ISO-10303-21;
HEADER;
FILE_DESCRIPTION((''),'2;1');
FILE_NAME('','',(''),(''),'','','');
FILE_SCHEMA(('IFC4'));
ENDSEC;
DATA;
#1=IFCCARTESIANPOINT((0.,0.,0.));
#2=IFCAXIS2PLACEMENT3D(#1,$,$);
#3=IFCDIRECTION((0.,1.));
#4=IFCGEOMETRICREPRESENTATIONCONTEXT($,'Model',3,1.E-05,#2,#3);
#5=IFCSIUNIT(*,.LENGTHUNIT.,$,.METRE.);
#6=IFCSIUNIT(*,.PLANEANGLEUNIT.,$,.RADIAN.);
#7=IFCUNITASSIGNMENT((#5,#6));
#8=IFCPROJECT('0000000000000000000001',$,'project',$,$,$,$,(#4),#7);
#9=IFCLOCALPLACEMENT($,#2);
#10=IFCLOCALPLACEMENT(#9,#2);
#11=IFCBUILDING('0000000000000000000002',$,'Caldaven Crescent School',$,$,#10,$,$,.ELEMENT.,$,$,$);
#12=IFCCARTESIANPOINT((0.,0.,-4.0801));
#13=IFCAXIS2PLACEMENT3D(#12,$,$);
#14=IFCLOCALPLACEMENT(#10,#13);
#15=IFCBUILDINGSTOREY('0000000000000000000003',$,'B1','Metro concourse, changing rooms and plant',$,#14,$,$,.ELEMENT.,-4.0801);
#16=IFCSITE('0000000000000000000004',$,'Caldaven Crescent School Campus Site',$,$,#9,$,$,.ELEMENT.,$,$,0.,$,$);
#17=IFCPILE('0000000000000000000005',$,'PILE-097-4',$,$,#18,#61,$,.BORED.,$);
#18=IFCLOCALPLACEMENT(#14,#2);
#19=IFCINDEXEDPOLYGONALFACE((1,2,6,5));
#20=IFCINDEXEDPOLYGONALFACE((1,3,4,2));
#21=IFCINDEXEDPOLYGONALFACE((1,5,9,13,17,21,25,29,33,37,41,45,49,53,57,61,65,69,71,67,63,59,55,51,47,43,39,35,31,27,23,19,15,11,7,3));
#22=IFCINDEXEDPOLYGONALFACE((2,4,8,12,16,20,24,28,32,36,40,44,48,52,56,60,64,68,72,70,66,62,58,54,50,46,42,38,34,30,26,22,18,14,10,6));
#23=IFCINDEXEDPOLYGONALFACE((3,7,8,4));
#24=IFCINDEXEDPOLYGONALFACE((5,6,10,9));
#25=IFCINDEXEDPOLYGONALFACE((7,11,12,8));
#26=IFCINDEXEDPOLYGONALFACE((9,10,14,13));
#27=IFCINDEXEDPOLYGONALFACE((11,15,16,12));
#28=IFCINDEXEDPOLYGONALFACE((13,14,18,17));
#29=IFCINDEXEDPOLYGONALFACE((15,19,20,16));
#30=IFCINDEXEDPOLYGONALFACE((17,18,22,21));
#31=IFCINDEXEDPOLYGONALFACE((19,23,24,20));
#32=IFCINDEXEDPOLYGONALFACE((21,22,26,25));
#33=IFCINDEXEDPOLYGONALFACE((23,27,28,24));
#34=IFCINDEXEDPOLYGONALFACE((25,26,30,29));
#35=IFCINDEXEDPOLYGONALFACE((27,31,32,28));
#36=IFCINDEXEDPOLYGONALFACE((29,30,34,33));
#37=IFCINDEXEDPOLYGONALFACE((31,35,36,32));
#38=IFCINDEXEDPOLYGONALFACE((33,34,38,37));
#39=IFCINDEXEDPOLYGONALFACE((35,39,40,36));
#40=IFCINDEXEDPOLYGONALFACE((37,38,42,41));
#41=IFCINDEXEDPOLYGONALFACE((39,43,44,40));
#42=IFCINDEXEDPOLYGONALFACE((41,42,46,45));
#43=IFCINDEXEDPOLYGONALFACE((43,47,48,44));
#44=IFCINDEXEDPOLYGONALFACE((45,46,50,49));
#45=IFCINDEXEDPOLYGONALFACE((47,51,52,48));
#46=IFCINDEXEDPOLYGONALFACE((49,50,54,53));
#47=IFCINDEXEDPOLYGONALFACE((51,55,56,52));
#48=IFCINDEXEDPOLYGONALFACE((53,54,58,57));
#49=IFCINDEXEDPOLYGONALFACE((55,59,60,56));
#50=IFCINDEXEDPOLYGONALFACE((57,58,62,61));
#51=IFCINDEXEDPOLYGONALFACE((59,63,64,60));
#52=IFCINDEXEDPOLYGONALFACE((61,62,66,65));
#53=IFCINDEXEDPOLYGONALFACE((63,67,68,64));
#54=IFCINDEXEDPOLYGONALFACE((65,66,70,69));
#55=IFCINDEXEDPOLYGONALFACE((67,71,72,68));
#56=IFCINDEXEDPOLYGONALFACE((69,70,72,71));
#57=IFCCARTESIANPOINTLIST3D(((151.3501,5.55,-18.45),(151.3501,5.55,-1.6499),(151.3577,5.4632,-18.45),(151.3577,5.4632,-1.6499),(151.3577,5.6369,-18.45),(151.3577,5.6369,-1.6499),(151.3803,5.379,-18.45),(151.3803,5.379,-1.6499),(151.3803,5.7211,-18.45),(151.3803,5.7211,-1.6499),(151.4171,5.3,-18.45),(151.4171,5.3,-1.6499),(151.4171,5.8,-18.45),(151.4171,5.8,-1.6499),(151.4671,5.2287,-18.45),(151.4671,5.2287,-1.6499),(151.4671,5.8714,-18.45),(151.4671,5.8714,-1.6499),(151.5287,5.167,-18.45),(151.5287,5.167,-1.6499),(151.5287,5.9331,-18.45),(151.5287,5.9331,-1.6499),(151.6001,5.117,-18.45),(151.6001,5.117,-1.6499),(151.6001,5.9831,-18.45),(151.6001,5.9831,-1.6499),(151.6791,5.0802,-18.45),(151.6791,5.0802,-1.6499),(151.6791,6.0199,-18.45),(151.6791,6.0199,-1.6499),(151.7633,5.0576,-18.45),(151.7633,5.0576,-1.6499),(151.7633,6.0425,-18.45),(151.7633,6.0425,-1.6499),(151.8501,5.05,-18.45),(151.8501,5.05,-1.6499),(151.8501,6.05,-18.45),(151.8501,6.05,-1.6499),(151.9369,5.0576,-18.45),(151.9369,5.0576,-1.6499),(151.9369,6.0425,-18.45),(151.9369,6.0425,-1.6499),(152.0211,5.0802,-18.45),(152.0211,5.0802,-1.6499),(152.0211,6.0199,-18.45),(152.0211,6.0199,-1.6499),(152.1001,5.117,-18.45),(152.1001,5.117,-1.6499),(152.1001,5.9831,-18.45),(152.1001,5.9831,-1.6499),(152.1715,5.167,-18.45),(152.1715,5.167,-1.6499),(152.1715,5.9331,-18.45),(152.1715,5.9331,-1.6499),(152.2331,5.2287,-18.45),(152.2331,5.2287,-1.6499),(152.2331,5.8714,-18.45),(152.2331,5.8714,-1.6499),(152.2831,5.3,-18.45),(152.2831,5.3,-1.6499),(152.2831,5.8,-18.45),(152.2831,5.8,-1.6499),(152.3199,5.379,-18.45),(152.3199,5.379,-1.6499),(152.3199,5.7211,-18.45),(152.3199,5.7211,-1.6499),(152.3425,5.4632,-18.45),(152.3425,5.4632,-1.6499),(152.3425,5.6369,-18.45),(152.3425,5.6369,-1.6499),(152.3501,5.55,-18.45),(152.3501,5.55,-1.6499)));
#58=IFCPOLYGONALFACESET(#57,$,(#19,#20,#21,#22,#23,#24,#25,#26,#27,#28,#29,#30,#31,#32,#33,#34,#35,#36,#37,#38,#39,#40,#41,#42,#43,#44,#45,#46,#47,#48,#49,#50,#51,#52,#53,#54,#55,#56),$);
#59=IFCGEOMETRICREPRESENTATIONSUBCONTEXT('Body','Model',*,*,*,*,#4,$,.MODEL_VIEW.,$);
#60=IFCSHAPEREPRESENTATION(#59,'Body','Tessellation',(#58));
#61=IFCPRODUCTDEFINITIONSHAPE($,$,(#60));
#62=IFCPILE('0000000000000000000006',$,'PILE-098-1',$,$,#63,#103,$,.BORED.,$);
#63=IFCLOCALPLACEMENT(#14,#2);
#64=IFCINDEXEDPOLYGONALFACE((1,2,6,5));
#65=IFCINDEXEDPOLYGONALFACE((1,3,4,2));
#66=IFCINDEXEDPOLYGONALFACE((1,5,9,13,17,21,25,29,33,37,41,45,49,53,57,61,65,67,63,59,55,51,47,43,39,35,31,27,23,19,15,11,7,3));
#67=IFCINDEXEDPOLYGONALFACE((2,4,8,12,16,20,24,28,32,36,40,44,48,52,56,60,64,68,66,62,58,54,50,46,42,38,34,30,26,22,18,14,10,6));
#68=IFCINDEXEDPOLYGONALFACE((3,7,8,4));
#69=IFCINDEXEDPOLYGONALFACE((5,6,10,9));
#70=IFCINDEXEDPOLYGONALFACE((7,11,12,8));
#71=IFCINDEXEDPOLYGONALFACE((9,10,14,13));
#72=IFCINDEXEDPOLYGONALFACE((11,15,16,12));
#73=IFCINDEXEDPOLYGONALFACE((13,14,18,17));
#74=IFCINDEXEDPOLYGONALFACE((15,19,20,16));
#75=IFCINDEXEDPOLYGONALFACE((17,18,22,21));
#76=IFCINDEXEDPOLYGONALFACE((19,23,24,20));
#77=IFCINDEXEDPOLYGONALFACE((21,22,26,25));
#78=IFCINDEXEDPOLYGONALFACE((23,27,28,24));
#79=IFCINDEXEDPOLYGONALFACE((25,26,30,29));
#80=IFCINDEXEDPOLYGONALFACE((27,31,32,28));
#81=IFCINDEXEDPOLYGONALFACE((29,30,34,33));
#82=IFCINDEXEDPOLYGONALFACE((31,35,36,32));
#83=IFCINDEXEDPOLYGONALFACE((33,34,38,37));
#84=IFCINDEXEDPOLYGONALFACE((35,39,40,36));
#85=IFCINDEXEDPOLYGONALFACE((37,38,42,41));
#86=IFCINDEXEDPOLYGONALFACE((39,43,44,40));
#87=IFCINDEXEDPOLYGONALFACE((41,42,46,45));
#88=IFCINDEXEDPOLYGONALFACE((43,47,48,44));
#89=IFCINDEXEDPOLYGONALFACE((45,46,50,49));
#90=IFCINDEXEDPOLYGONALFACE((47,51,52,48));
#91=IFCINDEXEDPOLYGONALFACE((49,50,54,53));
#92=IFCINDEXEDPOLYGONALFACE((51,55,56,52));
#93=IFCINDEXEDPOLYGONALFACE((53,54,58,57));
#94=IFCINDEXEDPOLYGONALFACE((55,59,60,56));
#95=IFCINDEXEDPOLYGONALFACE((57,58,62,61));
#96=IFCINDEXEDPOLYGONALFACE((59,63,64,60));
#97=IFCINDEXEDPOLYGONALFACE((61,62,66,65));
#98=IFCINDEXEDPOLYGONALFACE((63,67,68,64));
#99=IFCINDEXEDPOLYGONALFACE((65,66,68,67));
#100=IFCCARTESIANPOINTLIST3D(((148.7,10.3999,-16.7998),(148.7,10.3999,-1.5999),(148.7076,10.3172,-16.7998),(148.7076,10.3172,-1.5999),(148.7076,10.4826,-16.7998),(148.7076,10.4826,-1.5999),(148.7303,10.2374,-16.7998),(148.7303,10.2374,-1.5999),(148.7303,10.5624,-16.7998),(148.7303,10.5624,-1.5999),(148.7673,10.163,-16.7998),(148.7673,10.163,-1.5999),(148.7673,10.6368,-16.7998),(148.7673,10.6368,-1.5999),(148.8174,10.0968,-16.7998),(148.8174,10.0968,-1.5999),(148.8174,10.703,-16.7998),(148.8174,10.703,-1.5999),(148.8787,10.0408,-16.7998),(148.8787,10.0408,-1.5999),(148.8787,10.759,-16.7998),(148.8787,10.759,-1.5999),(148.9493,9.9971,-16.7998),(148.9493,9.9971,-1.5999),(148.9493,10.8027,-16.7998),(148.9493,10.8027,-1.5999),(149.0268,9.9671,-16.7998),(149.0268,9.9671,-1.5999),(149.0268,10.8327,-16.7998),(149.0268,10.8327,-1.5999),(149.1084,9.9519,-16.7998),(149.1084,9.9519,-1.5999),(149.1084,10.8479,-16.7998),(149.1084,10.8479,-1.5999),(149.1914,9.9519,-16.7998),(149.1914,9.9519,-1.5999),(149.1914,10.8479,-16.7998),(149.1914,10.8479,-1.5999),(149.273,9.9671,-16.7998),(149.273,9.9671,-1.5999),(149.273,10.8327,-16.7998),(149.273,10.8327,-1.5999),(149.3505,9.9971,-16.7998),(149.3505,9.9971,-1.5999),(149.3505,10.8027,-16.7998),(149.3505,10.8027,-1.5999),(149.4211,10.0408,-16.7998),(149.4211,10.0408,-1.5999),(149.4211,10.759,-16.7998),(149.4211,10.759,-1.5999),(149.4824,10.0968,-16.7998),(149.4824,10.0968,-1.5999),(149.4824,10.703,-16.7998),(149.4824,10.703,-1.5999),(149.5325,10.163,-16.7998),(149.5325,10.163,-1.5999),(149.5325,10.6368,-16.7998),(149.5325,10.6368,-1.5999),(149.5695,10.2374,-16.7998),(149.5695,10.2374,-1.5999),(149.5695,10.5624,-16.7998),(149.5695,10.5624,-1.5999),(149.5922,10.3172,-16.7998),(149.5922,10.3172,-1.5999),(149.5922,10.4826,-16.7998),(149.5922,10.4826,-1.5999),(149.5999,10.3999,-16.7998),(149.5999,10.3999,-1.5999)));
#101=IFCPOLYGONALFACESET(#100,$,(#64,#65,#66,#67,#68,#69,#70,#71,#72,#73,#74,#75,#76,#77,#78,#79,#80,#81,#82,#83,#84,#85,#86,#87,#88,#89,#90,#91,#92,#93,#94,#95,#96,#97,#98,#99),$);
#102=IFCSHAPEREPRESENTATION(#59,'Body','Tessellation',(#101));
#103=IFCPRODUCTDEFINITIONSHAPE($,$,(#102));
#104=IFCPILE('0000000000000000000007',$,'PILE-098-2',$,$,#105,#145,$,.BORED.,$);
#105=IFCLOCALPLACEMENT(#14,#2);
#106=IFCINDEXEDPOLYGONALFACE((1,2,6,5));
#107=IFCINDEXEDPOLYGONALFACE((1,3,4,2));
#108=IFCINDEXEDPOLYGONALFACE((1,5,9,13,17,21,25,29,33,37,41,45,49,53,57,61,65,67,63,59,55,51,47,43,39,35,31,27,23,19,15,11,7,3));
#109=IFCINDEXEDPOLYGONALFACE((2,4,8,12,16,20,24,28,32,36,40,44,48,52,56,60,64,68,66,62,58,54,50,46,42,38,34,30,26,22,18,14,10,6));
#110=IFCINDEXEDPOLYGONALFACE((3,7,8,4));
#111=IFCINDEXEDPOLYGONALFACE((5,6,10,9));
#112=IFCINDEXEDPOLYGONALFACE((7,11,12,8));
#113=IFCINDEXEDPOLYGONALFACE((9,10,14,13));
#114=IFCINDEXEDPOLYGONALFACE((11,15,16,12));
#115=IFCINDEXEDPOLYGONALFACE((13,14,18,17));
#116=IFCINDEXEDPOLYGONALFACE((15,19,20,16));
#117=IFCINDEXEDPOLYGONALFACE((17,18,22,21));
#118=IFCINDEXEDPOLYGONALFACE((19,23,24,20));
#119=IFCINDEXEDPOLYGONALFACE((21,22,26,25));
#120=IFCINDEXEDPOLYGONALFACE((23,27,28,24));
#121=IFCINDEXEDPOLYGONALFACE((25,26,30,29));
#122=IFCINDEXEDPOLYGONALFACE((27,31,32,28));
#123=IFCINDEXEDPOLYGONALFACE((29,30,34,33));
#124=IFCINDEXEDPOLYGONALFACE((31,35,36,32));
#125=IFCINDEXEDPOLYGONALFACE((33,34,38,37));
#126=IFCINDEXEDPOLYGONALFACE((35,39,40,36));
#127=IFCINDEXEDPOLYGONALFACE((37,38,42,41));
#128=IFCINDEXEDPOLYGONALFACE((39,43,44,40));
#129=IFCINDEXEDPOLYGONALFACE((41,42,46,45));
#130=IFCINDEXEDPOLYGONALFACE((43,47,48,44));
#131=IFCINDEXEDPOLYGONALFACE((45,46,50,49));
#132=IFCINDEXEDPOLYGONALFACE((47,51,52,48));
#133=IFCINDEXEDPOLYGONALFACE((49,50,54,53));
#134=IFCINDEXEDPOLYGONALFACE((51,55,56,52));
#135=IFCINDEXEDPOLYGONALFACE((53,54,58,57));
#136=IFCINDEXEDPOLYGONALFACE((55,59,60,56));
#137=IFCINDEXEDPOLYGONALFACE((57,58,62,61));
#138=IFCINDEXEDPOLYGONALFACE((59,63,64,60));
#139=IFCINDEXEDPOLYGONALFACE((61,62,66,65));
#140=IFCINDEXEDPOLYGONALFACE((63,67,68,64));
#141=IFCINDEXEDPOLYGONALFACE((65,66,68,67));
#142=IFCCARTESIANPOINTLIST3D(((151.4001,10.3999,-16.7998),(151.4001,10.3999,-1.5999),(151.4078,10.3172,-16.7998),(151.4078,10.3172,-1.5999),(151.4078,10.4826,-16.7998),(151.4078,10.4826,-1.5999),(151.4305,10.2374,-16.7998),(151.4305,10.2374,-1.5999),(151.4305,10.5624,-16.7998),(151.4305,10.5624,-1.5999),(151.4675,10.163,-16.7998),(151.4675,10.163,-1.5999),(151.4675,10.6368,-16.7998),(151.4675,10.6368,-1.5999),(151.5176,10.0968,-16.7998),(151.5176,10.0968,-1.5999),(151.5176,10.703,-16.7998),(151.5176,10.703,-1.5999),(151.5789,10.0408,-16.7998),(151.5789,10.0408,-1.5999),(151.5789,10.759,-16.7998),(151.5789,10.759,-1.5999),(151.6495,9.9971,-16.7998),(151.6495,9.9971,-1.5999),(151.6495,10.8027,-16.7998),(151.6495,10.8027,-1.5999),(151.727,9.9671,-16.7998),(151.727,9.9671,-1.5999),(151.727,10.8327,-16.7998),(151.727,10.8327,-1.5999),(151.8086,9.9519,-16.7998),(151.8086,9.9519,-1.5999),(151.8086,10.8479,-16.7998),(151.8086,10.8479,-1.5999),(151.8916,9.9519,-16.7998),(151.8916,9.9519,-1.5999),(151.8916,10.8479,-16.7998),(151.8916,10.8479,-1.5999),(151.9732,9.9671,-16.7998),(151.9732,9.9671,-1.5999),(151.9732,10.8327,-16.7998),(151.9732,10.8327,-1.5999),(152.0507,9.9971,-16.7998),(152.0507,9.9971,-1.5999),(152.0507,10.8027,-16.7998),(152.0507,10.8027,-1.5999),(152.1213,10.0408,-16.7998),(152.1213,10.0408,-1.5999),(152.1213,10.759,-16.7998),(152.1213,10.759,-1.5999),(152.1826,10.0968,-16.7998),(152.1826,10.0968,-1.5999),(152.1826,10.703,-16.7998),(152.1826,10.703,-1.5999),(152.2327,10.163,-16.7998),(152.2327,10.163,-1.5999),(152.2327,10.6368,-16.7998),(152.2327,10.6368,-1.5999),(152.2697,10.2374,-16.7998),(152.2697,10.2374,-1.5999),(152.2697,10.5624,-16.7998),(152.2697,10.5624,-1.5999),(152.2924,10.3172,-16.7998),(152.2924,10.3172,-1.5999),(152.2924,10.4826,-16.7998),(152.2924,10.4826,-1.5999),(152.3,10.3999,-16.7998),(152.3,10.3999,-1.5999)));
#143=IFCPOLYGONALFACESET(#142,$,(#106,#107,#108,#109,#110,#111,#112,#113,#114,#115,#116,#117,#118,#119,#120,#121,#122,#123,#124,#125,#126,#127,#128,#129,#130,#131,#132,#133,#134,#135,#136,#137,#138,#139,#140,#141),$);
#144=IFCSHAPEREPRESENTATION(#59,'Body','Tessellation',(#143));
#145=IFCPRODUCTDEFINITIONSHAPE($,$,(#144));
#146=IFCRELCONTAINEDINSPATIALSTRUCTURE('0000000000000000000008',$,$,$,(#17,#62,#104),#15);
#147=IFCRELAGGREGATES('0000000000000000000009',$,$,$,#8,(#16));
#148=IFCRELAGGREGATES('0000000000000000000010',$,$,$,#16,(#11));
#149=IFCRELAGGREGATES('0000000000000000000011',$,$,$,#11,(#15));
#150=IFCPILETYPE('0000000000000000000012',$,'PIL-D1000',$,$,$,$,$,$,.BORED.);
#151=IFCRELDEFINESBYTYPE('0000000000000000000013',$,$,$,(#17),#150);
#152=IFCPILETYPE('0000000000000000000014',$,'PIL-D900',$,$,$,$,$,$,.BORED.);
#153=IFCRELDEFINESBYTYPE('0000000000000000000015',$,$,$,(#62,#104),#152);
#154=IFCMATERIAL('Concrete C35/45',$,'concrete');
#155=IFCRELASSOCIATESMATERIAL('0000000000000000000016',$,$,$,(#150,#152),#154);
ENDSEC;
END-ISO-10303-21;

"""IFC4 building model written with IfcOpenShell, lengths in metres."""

from ifc_helpers import new_model, si_unit, direction, frame, origin, origin_2d, place, context, subcontext, project, spatial, circle, extrude, material, material_profile, profile_set, type_object, element, save


model = new_model("IFC4")

# Units and contexts
model_context = context("Model", 3, precision=1e-05, world=origin(), true_north=direction((0.0, 1.0)))
body_context = subcontext(model_context, "Body", "Model", "MODEL_VIEW")
ifc_project = project(units=[si_unit("LENGTHUNIT", "METRE"), si_unit("PLANEANGLEUNIT", "RADIAN")], contexts=[model_context])

# Site, building, storey
site_placement = place(None, origin())
site = spatial("IfcSite", under=ifc_project, at=site_placement, Name="Caldaven Crescent School Campus Site", CompositionType="ELEMENT", RefElevation=0.0)
building_placement = place(site_placement, origin())
building = spatial("IfcBuilding", under=site, at=building_placement, Name="Caldaven Crescent School", CompositionType="ELEMENT")
storey_placement = place(building_placement, frame((0.0, 0.0, -4.0801)))
storey = spatial("IfcBuildingStorey", under=building, at=storey_placement, Name="B1", Description="Metro concourse, changing rooms and plant", CompositionType="ELEMENT", Elevation=-4.0801)

# Shared definitions
ifc_material_1 = material(Name="Concrete C35/45", Category="concrete")

# Piles
ifc_material_profile_1 = material_profile(ifc_material_1, circle(Radius=0.5, at=origin_2d()), Name="PILE D1000")
ifc_profile_set_1 = profile_set([ifc_material_profile_1], Name="Concrete C35/45")
pile_type_1 = type_object("IfcPileType", Name="PIL-D1000", PredefinedType="BORED", material=ifc_profile_set_1)
for number, where, z_axis, x_axis, name in (
    (1, (151.8501, 5.55, -1.6499), (0.0, 0.0, -1.0), (1.0, 0.0, 0.0), "PILE-097-4"),
):
    element("IfcPile", number, at=place(storey_placement, frame(where, z_axis=z_axis, x_axis=x_axis)), inside=storey, type_object=pile_type_1, Name=name, PredefinedType="BORED", context=body_context, shape_type="SweptSolid", body=[
        extrude(circle(Radius=0.5, at=origin_2d()), origin(), (0.0, 0.0, 1.0), 16.8),
    ])
ifc_material_profile_2 = material_profile(ifc_material_1, circle(Radius=0.45, at=origin_2d()), Name="PILE D900")
ifc_profile_set_2 = profile_set([ifc_material_profile_2], Name="Concrete C35/45")
pile_type_2 = type_object("IfcPileType", Name="PIL-D900", PredefinedType="BORED", material=ifc_profile_set_2)
for number, where, z_axis, x_axis, name in (
    (2, (149.1499, 10.3999, -1.5999), (0.0, 0.0, -1.0), (1.0, 0.0, 0.0), "PILE-098-1"),
    (3, (151.8501, 10.3999, -1.5999), (0.0, 0.0, -1.0), (1.0, 0.0, 0.0), "PILE-098-2"),
):
    element("IfcPile", number, at=place(storey_placement, frame(where, z_axis=z_axis, x_axis=x_axis)), inside=storey, type_object=pile_type_2, Name=name, PredefinedType="BORED", context=body_context, shape_type="SweptSolid", body=[
        extrude(circle(Radius=0.45, at=origin_2d()), origin(), (0.0, 0.0, 1.0), 15.2),
    ])

save(model, "model.ifc")
